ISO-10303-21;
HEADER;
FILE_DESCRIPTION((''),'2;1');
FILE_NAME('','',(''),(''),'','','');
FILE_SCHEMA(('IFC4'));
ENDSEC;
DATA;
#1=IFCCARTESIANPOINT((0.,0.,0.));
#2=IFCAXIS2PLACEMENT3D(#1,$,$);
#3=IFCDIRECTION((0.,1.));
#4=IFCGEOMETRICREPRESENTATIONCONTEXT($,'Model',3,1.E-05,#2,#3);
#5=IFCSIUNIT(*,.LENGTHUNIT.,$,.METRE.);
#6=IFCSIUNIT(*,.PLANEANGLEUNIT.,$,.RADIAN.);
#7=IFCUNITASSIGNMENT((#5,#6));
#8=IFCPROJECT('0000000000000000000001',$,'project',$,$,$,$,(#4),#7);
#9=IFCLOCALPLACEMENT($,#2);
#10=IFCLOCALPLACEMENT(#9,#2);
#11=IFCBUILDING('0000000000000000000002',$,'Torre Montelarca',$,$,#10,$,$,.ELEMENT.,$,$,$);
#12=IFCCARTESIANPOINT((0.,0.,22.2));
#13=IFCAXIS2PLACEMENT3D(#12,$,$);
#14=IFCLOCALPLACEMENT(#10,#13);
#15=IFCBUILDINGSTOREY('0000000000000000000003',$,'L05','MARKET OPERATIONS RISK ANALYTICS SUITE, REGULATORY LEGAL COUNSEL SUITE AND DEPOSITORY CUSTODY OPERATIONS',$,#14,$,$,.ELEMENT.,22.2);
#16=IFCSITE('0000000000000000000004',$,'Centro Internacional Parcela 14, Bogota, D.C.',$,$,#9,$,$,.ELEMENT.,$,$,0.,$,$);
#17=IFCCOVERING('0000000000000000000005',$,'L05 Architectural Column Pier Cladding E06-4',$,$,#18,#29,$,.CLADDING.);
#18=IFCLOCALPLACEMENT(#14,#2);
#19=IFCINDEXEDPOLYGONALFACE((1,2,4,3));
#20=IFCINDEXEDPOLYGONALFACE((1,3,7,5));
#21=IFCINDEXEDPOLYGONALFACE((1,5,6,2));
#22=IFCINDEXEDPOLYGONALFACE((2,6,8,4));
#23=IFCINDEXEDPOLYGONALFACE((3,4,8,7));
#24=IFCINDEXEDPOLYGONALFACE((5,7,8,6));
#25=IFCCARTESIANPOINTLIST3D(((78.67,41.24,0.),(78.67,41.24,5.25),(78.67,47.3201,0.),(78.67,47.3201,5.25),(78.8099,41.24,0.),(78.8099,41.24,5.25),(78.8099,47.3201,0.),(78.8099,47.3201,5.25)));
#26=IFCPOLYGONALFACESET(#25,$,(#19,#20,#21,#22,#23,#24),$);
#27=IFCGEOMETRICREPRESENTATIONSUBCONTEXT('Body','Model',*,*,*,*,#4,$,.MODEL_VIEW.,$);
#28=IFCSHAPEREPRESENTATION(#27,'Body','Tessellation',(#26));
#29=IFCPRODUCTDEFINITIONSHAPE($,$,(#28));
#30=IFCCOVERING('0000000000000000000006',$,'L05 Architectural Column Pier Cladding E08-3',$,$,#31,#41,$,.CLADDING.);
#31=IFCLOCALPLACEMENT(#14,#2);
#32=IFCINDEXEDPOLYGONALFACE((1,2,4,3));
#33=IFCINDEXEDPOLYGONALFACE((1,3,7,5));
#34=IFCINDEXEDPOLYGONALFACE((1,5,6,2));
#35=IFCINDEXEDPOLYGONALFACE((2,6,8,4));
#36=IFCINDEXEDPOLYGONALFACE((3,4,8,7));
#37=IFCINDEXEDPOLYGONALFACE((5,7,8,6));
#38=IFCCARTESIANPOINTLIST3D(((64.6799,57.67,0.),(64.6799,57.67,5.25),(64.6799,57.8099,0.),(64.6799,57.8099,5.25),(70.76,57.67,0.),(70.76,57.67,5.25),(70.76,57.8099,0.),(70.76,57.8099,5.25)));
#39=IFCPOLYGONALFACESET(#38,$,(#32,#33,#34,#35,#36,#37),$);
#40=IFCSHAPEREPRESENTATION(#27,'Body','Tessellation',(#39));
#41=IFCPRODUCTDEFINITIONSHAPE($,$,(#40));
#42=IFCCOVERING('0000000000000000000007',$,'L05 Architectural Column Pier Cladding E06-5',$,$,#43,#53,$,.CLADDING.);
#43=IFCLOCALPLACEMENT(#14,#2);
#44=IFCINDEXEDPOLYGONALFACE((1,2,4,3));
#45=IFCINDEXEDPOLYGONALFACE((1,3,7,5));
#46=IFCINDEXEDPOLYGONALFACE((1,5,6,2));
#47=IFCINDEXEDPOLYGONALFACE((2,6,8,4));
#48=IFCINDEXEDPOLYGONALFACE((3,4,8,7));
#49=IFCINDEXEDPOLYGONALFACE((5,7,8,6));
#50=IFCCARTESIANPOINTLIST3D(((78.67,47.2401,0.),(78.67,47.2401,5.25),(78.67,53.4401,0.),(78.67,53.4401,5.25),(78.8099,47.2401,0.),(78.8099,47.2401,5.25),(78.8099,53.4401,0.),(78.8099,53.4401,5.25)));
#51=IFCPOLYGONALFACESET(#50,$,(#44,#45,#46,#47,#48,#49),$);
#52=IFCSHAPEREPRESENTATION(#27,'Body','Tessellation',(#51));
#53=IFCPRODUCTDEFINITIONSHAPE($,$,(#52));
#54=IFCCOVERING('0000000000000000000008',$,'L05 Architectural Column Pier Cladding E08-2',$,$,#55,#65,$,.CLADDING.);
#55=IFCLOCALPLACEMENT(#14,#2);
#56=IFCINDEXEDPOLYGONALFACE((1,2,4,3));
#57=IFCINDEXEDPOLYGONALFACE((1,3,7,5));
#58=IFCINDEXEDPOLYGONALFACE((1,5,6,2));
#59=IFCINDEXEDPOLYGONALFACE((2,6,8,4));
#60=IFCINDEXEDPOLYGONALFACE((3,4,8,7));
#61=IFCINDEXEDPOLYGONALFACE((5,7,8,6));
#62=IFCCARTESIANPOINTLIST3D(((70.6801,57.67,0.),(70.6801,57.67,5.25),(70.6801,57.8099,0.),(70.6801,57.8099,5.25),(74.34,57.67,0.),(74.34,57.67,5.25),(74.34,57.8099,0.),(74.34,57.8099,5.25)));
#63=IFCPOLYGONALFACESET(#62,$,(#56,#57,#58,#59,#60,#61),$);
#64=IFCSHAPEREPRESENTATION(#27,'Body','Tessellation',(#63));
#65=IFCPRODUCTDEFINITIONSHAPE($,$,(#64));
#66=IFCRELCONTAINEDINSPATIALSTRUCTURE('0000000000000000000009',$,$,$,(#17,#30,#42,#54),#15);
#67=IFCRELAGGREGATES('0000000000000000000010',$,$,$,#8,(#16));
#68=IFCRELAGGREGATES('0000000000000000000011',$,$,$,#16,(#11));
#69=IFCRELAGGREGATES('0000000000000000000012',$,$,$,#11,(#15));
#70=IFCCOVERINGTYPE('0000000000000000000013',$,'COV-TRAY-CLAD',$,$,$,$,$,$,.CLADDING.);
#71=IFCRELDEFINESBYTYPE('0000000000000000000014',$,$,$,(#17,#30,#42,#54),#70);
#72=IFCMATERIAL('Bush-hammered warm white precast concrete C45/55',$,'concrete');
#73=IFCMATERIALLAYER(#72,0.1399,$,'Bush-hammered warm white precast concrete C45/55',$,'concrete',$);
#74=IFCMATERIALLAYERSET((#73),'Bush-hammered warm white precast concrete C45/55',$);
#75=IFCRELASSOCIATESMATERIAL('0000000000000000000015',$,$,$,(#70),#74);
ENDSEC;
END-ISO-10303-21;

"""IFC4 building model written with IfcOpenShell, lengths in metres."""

from ifc_helpers import new_model, si_unit, direction, frame, origin, origin_2d, place, context, subcontext, project, spatial, rectangle, extrude, source, transform, mapped, material, layer, layer_set, type_object, element, save


model = new_model("IFC4")

# Units and contexts
model_context = context("Model", 3, precision=1e-05, world=origin(), true_north=direction((0.0, 1.0)))
body_context = subcontext(model_context, "Body", "Model", "MODEL_VIEW")
ifc_project = project(units=[si_unit("LENGTHUNIT", "METRE"), si_unit("PLANEANGLEUNIT", "RADIAN")], contexts=[model_context])

# Site, building, storey
site_placement = place(None, origin())
site = spatial("IfcSite", under=ifc_project, at=site_placement, Name="Centro Internacional Parcela 14, Bogota, D.C.", CompositionType="ELEMENT", RefElevation=0.0)
building_placement = place(site_placement, origin())
building = spatial("IfcBuilding", under=site, at=building_placement, Name="Torre Montelarca", CompositionType="ELEMENT")
storey_placement = place(building_placement, frame((0.0, 0.0, 22.2)))
storey = spatial("IfcBuildingStorey", under=building, at=storey_placement, Name="L05", Description="MARKET OPERATIONS RISK ANALYTICS SUITE, REGULATORY LEGAL COUNSEL SUITE AND DEPOSITORY CUSTODY OPERATIONS", CompositionType="ELEMENT", Elevation=22.2)

# Coverings
ifc_material_1 = material(Name="Bush-hammered warm white precast concrete C45/55", Category="concrete")
ifc_layer_1 = layer(ifc_material_1, 0.1399, Name="Bush-hammered warm white precast concrete C45/55", Category="concrete")
ifc_layer_set_1 = layer_set([ifc_layer_1], Name="Bush-hammered warm white precast concrete C45/55")
covering_type = type_object("IfcCoveringType", Name="COV-TRAY-CLAD", PredefinedType="CLADDING", material=ifc_layer_set_1)
shared_shape_1 = source(origin(), body_context, "Body", "SweptSolid", [
    extrude(rectangle(XDim=6.0801, YDim=0.1399, at=origin_2d()), origin(), (0.0, 0.0, 1.0), 5.25),
])
for number, where, z_axis, x_axis, name in (
    (1, (78.74, 44.28, 0.0), (0.0, 0.0, 1.0), (0.0, 1.0, 0.0), "L05 Architectural Column Pier Cladding E06-4"),
    (2, (67.72, 57.74, 0.0), (0.0, 0.0, 1.0), (-1.0, 0.0, 0.0), "L05 Architectural Column Pier Cladding E08-3"),
):
    element("IfcCovering", number, at=place(storey_placement, frame(where, z_axis=z_axis, x_axis=x_axis)), inside=storey, type_object=covering_type, Name=name, PredefinedType="CLADDING", context=body_context, shape_type="MappedRepresentation", body=[
        mapped(shared_shape_1, transform((0.0, 0.0, 0.0), scale=1.0)),
    ])
shared_shape_2 = source(origin(), body_context, "Body", "SweptSolid", [
    extrude(rectangle(XDim=6.2, YDim=0.1399, at=origin_2d()), origin(), (0.0, 0.0, 1.0), 5.25),
])
covering_1_placement = place(storey_placement, frame((78.74, 50.3401, 0.0), z_axis=(0.0, 0.0, 1.0), x_axis=(0.0, 1.0, 0.0)))
element("IfcCovering", 3, at=covering_1_placement, inside=storey, type_object=covering_type, Name="L05 Architectural Column Pier Cladding E06-5", PredefinedType="CLADDING", context=body_context, shape_type="MappedRepresentation", body=[
    mapped(shared_shape_2, transform((0.0, 0.0, 0.0), scale=1.0)),
])
shared_shape_3 = source(origin(), body_context, "Body", "SweptSolid", [
    extrude(rectangle(XDim=3.6599, YDim=0.1399, at=origin_2d()), origin(), (0.0, 0.0, 1.0), 5.25),
])
covering_2_placement = place(storey_placement, frame((72.51, 57.74, 0.0), z_axis=(0.0, 0.0, 1.0), x_axis=(-1.0, 0.0, 0.0)))
element("IfcCovering", 4, at=covering_2_placement, inside=storey, type_object=covering_type, Name="L05 Architectural Column Pier Cladding E08-2", PredefinedType="CLADDING", context=body_context, shape_type="MappedRepresentation", body=[
    mapped(shared_shape_3, transform((0.0, 0.0, 0.0), scale=1.0)),
])

save(model, "model.ifc")
